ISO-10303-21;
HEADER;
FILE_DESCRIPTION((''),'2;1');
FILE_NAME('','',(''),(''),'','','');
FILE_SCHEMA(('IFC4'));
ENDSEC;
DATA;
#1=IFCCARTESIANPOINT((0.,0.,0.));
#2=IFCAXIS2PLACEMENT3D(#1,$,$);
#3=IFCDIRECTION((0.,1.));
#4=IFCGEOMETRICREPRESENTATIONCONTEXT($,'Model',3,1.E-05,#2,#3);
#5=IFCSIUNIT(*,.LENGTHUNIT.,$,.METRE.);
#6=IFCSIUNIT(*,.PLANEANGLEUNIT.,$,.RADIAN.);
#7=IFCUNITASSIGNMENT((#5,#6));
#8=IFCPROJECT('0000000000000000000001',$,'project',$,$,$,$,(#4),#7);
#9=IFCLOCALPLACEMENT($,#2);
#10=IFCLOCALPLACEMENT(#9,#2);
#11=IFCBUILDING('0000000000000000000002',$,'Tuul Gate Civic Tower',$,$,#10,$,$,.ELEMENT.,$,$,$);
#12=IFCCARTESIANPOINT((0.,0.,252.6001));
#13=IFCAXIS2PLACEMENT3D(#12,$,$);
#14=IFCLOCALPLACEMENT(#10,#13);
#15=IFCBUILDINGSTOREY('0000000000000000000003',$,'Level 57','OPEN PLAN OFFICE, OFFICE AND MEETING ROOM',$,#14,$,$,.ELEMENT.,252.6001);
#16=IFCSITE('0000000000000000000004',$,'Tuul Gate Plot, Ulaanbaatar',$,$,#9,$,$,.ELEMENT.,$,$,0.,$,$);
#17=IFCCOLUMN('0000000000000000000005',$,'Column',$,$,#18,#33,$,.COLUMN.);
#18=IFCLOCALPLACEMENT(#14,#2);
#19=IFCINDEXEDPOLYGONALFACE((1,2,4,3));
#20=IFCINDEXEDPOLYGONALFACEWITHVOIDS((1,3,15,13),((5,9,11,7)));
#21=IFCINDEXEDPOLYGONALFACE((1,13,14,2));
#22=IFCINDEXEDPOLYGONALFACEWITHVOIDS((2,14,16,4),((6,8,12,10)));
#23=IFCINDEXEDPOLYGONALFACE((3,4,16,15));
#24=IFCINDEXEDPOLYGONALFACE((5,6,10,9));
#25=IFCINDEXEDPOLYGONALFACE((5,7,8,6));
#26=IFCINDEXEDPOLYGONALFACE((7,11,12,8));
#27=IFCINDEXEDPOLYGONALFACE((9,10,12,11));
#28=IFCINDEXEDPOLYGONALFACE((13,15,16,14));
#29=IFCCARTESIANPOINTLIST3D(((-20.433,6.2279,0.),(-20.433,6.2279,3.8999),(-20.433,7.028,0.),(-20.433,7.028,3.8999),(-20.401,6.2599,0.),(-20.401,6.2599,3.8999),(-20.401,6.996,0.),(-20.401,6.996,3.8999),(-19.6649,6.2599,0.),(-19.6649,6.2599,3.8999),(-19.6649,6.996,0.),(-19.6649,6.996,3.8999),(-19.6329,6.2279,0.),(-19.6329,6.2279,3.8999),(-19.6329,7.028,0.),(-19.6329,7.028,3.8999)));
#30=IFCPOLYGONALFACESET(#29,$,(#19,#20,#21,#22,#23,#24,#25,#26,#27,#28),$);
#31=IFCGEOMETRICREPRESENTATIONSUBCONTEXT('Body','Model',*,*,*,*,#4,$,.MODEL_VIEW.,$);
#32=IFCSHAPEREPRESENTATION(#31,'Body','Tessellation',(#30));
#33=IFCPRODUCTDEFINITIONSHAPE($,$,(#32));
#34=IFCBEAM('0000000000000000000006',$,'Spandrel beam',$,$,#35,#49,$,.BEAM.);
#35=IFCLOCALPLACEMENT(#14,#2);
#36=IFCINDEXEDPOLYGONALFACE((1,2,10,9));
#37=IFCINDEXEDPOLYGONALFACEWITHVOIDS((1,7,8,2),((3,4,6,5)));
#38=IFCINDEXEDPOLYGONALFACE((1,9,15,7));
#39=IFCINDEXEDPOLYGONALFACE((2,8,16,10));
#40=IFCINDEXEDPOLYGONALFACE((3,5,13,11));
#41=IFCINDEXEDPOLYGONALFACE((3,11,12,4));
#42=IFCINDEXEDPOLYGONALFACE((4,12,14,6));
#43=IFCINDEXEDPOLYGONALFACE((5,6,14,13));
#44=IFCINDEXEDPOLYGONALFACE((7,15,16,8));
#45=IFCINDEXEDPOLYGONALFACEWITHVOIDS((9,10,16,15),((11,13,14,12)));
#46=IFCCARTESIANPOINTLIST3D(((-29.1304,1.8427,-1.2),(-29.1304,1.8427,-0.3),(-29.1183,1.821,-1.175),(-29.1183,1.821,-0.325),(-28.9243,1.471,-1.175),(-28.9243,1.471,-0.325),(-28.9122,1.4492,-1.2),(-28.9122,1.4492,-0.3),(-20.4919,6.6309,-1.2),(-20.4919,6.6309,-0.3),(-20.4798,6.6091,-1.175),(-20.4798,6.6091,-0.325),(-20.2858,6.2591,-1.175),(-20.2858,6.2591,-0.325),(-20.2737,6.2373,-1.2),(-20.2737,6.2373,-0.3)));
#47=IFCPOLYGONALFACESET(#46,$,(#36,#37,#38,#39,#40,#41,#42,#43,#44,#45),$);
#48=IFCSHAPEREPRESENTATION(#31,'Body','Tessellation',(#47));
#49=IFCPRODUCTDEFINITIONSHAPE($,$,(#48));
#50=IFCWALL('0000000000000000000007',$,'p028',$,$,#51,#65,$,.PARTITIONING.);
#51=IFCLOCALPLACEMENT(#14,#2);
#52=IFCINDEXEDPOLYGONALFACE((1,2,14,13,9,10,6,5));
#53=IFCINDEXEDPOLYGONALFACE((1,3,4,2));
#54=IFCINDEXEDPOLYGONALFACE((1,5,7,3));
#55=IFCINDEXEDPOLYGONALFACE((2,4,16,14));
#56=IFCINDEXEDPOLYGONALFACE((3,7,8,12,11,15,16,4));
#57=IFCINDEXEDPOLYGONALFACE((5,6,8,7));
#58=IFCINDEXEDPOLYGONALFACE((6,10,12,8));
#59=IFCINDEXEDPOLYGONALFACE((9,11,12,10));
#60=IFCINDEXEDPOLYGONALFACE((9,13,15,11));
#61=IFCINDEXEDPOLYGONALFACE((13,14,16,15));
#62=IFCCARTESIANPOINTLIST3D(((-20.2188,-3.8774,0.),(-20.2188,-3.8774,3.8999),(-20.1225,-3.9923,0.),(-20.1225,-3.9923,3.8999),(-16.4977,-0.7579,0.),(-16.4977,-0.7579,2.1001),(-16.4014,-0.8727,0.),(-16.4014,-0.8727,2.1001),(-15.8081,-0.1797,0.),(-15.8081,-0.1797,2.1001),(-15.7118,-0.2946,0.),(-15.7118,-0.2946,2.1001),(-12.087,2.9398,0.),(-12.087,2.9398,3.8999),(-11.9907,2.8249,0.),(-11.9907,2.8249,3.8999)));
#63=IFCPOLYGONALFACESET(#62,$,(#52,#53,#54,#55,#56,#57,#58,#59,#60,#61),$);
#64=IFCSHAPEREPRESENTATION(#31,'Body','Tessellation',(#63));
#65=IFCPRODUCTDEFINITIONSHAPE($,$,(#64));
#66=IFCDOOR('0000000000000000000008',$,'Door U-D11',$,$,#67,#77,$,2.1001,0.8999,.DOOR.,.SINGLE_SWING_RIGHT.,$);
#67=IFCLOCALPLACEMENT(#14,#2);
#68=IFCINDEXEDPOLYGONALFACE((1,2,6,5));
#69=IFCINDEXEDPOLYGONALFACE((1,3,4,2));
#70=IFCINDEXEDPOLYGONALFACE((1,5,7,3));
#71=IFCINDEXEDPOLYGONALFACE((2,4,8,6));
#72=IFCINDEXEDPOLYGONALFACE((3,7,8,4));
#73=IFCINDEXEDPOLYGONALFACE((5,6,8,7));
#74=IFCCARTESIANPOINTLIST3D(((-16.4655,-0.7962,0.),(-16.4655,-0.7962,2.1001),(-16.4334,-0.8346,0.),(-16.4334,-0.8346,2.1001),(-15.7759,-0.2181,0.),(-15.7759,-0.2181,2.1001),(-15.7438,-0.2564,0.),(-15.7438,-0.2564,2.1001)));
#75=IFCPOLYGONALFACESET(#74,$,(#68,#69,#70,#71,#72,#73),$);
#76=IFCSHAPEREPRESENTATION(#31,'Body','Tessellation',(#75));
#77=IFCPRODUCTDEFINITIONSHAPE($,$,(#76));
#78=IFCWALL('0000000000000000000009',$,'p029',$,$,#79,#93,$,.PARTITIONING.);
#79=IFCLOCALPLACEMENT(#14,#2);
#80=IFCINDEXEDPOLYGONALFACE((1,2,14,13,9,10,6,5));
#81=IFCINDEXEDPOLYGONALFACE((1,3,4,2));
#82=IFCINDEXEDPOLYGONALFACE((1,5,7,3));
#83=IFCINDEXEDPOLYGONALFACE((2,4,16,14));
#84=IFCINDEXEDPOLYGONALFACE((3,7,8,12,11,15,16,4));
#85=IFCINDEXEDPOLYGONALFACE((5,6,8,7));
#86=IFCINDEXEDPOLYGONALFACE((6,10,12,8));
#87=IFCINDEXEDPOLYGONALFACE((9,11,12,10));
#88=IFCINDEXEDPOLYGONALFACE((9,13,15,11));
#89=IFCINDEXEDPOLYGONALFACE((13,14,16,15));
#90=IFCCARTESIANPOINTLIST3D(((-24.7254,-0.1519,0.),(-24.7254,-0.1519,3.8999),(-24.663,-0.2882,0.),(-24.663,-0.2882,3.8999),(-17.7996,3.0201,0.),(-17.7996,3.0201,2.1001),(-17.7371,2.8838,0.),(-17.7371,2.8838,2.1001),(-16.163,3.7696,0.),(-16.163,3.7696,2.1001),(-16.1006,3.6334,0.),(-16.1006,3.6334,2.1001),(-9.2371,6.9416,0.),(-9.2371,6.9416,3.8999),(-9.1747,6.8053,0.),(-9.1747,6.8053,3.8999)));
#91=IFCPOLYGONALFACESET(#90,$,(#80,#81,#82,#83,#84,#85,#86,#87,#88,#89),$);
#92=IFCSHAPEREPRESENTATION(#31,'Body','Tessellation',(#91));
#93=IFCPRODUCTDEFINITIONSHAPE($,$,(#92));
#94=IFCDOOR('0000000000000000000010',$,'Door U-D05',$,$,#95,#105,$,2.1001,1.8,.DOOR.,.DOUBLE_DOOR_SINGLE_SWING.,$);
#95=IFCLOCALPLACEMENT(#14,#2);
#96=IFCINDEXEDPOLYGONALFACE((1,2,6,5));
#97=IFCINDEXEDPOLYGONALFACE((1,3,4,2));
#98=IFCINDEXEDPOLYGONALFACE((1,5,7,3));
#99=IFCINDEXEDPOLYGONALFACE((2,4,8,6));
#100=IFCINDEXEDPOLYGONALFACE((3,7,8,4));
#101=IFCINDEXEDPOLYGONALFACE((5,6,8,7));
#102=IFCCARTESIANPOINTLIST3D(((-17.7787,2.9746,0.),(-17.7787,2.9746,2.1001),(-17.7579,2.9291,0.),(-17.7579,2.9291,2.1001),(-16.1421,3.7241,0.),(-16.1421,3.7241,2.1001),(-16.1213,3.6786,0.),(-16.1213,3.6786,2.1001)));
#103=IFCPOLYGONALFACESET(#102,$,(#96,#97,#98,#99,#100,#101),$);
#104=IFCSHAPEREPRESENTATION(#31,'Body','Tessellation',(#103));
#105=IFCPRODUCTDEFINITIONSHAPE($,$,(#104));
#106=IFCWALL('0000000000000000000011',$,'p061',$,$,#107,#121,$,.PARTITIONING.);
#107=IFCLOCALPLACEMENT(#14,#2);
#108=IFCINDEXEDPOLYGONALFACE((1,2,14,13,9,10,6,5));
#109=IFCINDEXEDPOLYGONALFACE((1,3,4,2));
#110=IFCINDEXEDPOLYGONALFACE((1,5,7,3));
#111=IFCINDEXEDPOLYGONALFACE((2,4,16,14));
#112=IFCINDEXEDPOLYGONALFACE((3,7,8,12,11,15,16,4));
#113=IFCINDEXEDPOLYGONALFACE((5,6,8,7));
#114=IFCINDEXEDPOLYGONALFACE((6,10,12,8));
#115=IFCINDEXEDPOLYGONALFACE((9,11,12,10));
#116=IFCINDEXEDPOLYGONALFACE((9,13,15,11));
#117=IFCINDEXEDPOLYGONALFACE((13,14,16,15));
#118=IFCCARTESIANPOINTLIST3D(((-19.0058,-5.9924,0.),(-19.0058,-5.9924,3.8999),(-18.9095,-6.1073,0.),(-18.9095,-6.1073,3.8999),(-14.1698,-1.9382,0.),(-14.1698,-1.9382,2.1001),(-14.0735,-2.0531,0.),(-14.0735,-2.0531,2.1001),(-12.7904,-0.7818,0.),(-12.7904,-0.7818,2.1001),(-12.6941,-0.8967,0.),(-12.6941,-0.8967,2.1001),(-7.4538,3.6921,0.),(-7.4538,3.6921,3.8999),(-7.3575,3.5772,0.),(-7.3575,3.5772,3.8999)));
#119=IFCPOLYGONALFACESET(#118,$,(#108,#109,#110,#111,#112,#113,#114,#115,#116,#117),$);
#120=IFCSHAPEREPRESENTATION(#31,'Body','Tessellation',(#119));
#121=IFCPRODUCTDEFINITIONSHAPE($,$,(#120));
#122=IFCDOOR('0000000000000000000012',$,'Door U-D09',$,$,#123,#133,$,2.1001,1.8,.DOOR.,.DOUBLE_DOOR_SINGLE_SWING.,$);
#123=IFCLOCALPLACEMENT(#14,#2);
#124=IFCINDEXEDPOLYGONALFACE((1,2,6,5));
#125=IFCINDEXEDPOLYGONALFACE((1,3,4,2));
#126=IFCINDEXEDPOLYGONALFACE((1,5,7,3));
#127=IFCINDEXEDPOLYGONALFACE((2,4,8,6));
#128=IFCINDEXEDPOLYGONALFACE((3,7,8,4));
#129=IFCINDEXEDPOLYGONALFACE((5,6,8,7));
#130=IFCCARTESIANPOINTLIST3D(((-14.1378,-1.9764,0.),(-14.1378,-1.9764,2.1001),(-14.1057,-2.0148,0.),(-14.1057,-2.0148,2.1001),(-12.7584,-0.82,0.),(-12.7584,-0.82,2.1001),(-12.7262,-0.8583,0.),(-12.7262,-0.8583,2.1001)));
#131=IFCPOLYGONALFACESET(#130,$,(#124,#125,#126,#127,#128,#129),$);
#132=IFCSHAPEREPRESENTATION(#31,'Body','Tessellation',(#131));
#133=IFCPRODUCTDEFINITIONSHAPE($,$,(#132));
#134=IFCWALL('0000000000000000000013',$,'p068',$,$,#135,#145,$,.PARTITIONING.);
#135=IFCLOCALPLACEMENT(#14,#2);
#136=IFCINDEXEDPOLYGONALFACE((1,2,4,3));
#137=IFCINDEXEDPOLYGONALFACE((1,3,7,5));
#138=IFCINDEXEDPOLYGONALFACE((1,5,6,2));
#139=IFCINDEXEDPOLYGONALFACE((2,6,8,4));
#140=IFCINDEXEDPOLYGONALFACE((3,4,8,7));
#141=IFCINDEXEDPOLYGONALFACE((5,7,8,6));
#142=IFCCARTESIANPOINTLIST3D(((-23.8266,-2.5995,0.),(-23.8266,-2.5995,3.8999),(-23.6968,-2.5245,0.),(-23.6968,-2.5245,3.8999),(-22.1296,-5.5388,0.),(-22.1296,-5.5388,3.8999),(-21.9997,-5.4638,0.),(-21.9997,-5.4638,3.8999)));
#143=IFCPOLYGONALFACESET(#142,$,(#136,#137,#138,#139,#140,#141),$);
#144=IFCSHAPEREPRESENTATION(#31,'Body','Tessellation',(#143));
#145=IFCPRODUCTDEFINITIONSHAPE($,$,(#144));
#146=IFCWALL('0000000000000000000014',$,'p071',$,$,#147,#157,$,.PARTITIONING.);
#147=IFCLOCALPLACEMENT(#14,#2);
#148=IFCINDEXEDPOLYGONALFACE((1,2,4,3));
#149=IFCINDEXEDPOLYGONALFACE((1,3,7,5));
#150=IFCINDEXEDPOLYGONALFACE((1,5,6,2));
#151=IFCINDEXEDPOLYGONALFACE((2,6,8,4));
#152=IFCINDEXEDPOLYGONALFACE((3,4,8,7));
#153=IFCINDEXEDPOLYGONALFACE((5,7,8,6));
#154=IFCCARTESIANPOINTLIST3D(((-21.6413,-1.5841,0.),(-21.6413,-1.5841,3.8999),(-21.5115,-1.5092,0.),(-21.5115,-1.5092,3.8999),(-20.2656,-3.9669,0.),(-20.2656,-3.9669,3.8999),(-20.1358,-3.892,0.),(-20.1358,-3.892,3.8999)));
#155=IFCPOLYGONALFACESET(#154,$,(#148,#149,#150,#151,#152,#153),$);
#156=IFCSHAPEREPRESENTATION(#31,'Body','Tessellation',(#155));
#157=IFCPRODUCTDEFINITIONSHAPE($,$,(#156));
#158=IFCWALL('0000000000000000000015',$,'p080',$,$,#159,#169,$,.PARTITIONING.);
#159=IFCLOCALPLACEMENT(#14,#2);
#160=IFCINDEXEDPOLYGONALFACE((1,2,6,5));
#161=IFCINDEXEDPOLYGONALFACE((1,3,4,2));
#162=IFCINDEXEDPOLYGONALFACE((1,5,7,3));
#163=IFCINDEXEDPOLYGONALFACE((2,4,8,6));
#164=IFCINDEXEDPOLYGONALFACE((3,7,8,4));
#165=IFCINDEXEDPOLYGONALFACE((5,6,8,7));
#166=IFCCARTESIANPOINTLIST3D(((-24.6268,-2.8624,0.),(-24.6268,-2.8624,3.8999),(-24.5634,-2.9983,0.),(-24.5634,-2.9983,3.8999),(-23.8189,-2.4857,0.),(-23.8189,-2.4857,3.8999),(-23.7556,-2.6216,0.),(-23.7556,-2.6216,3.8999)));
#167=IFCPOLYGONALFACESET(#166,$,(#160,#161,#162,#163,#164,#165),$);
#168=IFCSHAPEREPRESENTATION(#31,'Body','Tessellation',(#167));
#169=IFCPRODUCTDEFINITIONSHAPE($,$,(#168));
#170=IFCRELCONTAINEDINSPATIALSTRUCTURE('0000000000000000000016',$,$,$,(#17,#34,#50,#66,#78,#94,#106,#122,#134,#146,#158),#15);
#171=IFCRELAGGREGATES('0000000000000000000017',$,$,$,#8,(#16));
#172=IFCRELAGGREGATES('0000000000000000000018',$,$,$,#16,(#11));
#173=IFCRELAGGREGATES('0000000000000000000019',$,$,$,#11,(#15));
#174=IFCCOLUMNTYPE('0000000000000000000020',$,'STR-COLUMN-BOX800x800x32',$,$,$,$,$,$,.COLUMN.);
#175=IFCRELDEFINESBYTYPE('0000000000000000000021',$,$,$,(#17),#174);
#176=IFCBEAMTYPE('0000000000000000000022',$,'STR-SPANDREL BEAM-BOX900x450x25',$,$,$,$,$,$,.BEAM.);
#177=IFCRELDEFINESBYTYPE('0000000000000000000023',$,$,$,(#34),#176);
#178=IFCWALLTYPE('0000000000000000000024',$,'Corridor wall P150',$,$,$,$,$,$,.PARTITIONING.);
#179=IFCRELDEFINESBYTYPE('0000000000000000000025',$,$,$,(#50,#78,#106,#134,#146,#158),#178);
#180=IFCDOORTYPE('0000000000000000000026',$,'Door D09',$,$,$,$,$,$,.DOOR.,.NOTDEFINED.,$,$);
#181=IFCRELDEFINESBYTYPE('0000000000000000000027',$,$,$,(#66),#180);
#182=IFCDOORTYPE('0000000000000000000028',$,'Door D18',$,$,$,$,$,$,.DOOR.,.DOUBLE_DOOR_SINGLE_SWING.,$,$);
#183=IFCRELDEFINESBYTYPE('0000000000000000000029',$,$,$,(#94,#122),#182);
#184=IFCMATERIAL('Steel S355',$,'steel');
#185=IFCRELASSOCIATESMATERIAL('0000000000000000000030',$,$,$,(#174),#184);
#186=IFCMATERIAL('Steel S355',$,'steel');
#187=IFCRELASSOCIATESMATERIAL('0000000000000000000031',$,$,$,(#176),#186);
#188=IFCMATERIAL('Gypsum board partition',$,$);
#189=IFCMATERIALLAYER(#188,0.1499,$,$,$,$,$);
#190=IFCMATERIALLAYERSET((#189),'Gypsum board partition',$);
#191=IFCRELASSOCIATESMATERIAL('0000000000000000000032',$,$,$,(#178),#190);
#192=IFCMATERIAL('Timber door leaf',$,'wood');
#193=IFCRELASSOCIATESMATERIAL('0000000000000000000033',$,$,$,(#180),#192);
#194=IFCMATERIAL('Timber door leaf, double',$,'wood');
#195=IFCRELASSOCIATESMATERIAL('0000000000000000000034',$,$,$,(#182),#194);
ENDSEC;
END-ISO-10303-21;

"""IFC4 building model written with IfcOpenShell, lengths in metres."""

from ifc_helpers import new_model, si_unit, direction, frame, frame_2d, origin, origin_2d, place, context, subcontext, project, spatial, rectangle, hollow_rectangle, extrude, material, layer, layer_set, material_profile, profile_set, type_object, element, fill, save


model = new_model("IFC4")

# Units and contexts
model_context = context("Model", 3, precision=1e-05, world=origin(), true_north=direction((0.0, 1.0)))
body_context = subcontext(model_context, "Body", "Model", "MODEL_VIEW")
ifc_project = project(units=[si_unit("LENGTHUNIT", "METRE"), si_unit("PLANEANGLEUNIT", "RADIAN")], contexts=[model_context])

# Site, building, storey
site_placement = place(None, origin())
site = spatial("IfcSite", under=ifc_project, at=site_placement, Name="Tuul Gate Plot, Ulaanbaatar", CompositionType="ELEMENT", RefElevation=0.0)
building_placement = place(site_placement, origin())
building = spatial("IfcBuilding", under=site, at=building_placement, Name="Tuul Gate Civic Tower", CompositionType="ELEMENT")
storey_placement = place(building_placement, frame((0.0, 0.0, 252.6001)))
storey = spatial("IfcBuildingStorey", under=building, at=storey_placement, Name="Level 57", Description="OPEN PLAN OFFICE, OFFICE AND MEETING ROOM", CompositionType="ELEMENT", Elevation=252.6001)

# Column
ifc_material_1 = material(Name="Steel S355", Category="steel")
ifc_material_profile_1 = material_profile(ifc_material_1, hollow_rectangle(XDim=0.8, YDim=0.8, WallThickness=0.032, at=origin_2d()), Name="BOX800x800x32")
ifc_profile_set_1 = profile_set([ifc_material_profile_1], Name="Steel S355")
column_type = type_object("IfcColumnType", Name="STR-COLUMN-BOX800x800x32", PredefinedType="COLUMN", material=ifc_profile_set_1)
column_placement = place(storey_placement, frame((-20.033, 6.6279, 0.0), z_axis=(0.0, 0.0, 1.0), x_axis=(1.0, 0.0, 0.0)))
element("IfcColumn", 1, at=column_placement, inside=storey, type_object=column_type, Name="Column", PredefinedType="COLUMN", context=body_context, shape_type="SweptSolid", body=[
    extrude(hollow_rectangle(XDim=0.8, YDim=0.8, WallThickness=0.032, at=origin_2d()), origin(), (0.0, 0.0, 1.0), 3.8999),
])

# Beam
ifc_material_2 = material(Name="Steel S355", Category="steel")
ifc_material_profile_2 = material_profile(ifc_material_2, hollow_rectangle(XDim=0.45, YDim=0.8999, WallThickness=0.0249, at=origin_2d()), Name="BOX900x450x25")
ifc_profile_set_2 = profile_set([ifc_material_profile_2], Name="Steel S355")
beam_type = type_object("IfcBeamType", Name="STR-SPANDREL BEAM-BOX900x450x25", PredefinedType="BEAM", material=ifc_profile_set_2)
beam_placement = place(storey_placement, frame((-20.3828, 6.4341, -0.75), z_axis=(-0.874631, -0.484788, 0.0), x_axis=(0.484788, -0.874631, 0.0)))
element("IfcBeam", 2, at=beam_placement, inside=storey, type_object=beam_type, Name="Spandrel beam", PredefinedType="BEAM", context=body_context, shape_type="SweptSolid", body=[
    extrude(hollow_rectangle(XDim=0.45, YDim=0.8999, WallThickness=0.0249, at=origin_2d()), origin(), (0.0, 0.0, 1.0), 9.8767),
])

# Walls, openings, doors
ifc_material_3 = material(Name="Gypsum board partition")
ifc_layer_1 = layer(ifc_material_3, 0.1499)
ifc_layer_set_1 = layer_set([ifc_layer_1], Name="Gypsum board partition")
wall_type_1 = type_object("IfcWallType", Name="Corridor wall P150", PredefinedType="PARTITIONING", material=ifc_layer_set_1)
wall_1_placement = place(storey_placement, frame((-20.1707, -3.9348, 0.0), z_axis=(0.0, 0.0, 1.0), x_axis=(0.766336, 0.64244, 0.0)))
wall_1 = element("IfcWall", 3, at=wall_1_placement, inside=storey, type_object=wall_type_1, Name="p028", PredefinedType="PARTITIONING", context=body_context, shape_type="SweptSolid", body=[
    extrude(rectangle(XDim=10.6113, YDim=0.1499, at=frame_2d((5.3057, 0.0))), origin(), (0.0, 0.0, 1.0), 3.8999),
])
opening_1_placement = place(wall_1_placement, frame((4.8557, 0.0, 0.0)))
opening_1 = element("IfcOpeningElement", 4, at=opening_1_placement, cuts=wall_1, PredefinedType="OPENING", context=body_context, shape_type="SweptSolid", body=[
    extrude(rectangle(XDim=0.8999, YDim=2.1001, at=frame_2d((0.45, 1.05))), frame((0.0, 0.085, 0.0), z_axis=(0.0, -1.0, 0.0), x_axis=(1.0, 0.0, 0.0)), (0.0, 0.0, 1.0), 0.1699),
])
ifc_material_4 = material(Name="Timber door leaf", Category="wood")
door_type_1 = type_object("IfcDoorType", Name="Door D09", OperationType="NOTDEFINED", PredefinedType="DOOR", material=ifc_material_4)
door_1_placement = place(opening_1_placement, origin())
door_1 = element("IfcDoor", 5, at=door_1_placement, inside=storey, type_object=door_type_1, Name="Door U-D11", OperationType="SINGLE_SWING_RIGHT", OverallHeight=2.1001, OverallWidth=0.8999, PredefinedType="DOOR", context=body_context, shape_type="SweptSolid", body=[
    extrude(rectangle(XDim=0.8999, YDim=2.1001, at=frame_2d((0.45, 1.05))), frame((0.0, 0.0249, 0.0), z_axis=(0.0, -1.0, 0.0), x_axis=(1.0, 0.0, 0.0)), (0.0, 0.0, 1.0), 0.05),
])
fill(opening_1, door_1)
wall_2_placement = place(storey_placement, frame((-24.6941, -0.22, 0.0), z_axis=(0.0, 0.0, 1.0), x_axis=(0.909182, 0.416398, 0.0)))
wall_2 = element("IfcWall", 6, at=wall_2_placement, inside=storey, type_object=wall_type_1, Name="p029", PredefinedType="PARTITIONING", context=body_context, shape_type="SweptSolid", body=[
    extrude(rectangle(XDim=17.0354, YDim=0.1499, at=frame_2d((8.5176, 0.0))), origin(), (0.0, 0.0, 1.0), 3.8999),
])
opening_2_placement = place(wall_2_placement, frame((7.6177, 0.0, 0.0)))
opening_2 = element("IfcOpeningElement", 7, at=opening_2_placement, cuts=wall_2, PredefinedType="OPENING", context=body_context, shape_type="SweptSolid", body=[
    extrude(rectangle(XDim=1.8, YDim=2.1001, at=frame_2d((0.8999, 1.05))), frame((0.0, 0.085, 0.0), z_axis=(0.0, -1.0, 0.0), x_axis=(1.0, 0.0, 0.0)), (0.0, 0.0, 1.0), 0.1699),
])
ifc_material_5 = material(Name="Timber door leaf, double", Category="wood")
door_type_2 = type_object("IfcDoorType", Name="Door D18", OperationType="DOUBLE_DOOR_SINGLE_SWING", PredefinedType="DOOR", material=ifc_material_5)
door_2_placement = place(opening_2_placement, origin())
door_2 = element("IfcDoor", 8, at=door_2_placement, inside=storey, type_object=door_type_2, Name="Door U-D05", OperationType="DOUBLE_DOOR_SINGLE_SWING", OverallHeight=2.1001, OverallWidth=1.8, PredefinedType="DOOR", context=body_context, shape_type="SweptSolid", body=[
    extrude(rectangle(XDim=1.8, YDim=2.1001, at=frame_2d((0.8999, 1.05))), frame((0.0, 0.0249, 0.0), z_axis=(0.0, -1.0, 0.0), x_axis=(1.0, 0.0, 0.0)), (0.0, 0.0, 1.0), 0.05),
])
fill(opening_2, door_2)
wall_3_placement = place(storey_placement, frame((-18.9575, -6.0498, 0.0), z_axis=(0.0, 0.0, 1.0), x_axis=(0.766329, 0.642448, 0.0)))
wall_3 = element("IfcWall", 9, at=wall_3_placement, inside=storey, type_object=wall_type_1, Name="p061", PredefinedType="PARTITIONING", context=body_context, shape_type="SweptSolid", body=[
    extrude(rectangle(XDim=15.0745, YDim=0.1499, at=frame_2d((7.5371, 0.0))), origin(), (0.0, 0.0, 1.0), 3.8999),
])
opening_3_placement = place(wall_3_placement, frame((6.3105, 0.0, 0.0)))
opening_3 = element("IfcOpeningElement", 10, at=opening_3_placement, cuts=wall_3, PredefinedType="OPENING", context=body_context, shape_type="SweptSolid", body=[
    extrude(rectangle(XDim=1.8, YDim=2.1001, at=frame_2d((0.8999, 1.05))), frame((0.0, 0.085, 0.0), z_axis=(0.0, -1.0, 0.0), x_axis=(1.0, 0.0, 0.0)), (0.0, 0.0, 1.0), 0.1699),
])
door_3_placement = place(opening_3_placement, frame((1.8, 0.0, 0.0), z_axis=(0.0, 0.0, 1.0), x_axis=(-1.0, 0.0, 0.0)))
door_3 = element("IfcDoor", 11, at=door_3_placement, inside=storey, type_object=door_type_2, Name="Door U-D09", OperationType="DOUBLE_DOOR_SINGLE_SWING", OverallHeight=2.1001, OverallWidth=1.8, PredefinedType="DOOR", context=body_context, shape_type="SweptSolid", body=[
    extrude(rectangle(XDim=1.8, YDim=2.1001, at=frame_2d((0.9001, 1.05))), frame((0.0, 0.0249, 0.0), z_axis=(0.0, -1.0, 0.0), x_axis=(1.0, 0.0, 0.0)), (0.0, 0.0, 1.0), 0.05),
])
fill(opening_3, door_3)

# Walls
wall_4_placement = place(storey_placement, frame((-23.7617, -2.562, 0.0), z_axis=(0.0, 0.0, 1.0), x_axis=(0.500015, -0.866017, 0.0)))
element("IfcWall", 12, at=wall_4_placement, inside=storey, type_object=wall_type_1, Name="p068", PredefinedType="PARTITIONING", context=body_context, shape_type="SweptSolid", body=[
    extrude(rectangle(XDim=3.394, YDim=0.1499, at=frame_2d((1.697, 0.0))), origin(), (0.0, 0.0, 1.0), 3.8999),
])
wall_5_placement = place(storey_placement, frame((-21.5764, -1.5466, 0.0), z_axis=(0.0, 0.0, 1.0), x_axis=(0.500004, -0.866023, 0.0)))
element("IfcWall", 13, at=wall_5_placement, inside=storey, type_object=wall_type_1, Name="p071", PredefinedType="PARTITIONING", context=body_context, shape_type="SweptSolid", body=[
    extrude(rectangle(XDim=2.7515, YDim=0.1499, at=frame_2d((1.3757, 0.0))), origin(), (0.0, 0.0, 1.0), 3.8999),
])
wall_6_placement = place(storey_placement, frame((-24.5952, -2.9304, 0.0), z_axis=(0.0, 0.0, 1.0), x_axis=(0.906309, 0.422616, 0.0)))
element("IfcWall", 14, at=wall_6_placement, inside=storey, type_object=wall_type_1, Name="p080", PredefinedType="PARTITIONING", context=body_context, shape_type="SweptSolid", body=[
    extrude(rectangle(XDim=0.8914, YDim=0.1499, at=frame_2d((0.4458, 0.0))), origin(), (0.0, 0.0, 1.0), 3.8999),
])

save(model, "model.ifc")
